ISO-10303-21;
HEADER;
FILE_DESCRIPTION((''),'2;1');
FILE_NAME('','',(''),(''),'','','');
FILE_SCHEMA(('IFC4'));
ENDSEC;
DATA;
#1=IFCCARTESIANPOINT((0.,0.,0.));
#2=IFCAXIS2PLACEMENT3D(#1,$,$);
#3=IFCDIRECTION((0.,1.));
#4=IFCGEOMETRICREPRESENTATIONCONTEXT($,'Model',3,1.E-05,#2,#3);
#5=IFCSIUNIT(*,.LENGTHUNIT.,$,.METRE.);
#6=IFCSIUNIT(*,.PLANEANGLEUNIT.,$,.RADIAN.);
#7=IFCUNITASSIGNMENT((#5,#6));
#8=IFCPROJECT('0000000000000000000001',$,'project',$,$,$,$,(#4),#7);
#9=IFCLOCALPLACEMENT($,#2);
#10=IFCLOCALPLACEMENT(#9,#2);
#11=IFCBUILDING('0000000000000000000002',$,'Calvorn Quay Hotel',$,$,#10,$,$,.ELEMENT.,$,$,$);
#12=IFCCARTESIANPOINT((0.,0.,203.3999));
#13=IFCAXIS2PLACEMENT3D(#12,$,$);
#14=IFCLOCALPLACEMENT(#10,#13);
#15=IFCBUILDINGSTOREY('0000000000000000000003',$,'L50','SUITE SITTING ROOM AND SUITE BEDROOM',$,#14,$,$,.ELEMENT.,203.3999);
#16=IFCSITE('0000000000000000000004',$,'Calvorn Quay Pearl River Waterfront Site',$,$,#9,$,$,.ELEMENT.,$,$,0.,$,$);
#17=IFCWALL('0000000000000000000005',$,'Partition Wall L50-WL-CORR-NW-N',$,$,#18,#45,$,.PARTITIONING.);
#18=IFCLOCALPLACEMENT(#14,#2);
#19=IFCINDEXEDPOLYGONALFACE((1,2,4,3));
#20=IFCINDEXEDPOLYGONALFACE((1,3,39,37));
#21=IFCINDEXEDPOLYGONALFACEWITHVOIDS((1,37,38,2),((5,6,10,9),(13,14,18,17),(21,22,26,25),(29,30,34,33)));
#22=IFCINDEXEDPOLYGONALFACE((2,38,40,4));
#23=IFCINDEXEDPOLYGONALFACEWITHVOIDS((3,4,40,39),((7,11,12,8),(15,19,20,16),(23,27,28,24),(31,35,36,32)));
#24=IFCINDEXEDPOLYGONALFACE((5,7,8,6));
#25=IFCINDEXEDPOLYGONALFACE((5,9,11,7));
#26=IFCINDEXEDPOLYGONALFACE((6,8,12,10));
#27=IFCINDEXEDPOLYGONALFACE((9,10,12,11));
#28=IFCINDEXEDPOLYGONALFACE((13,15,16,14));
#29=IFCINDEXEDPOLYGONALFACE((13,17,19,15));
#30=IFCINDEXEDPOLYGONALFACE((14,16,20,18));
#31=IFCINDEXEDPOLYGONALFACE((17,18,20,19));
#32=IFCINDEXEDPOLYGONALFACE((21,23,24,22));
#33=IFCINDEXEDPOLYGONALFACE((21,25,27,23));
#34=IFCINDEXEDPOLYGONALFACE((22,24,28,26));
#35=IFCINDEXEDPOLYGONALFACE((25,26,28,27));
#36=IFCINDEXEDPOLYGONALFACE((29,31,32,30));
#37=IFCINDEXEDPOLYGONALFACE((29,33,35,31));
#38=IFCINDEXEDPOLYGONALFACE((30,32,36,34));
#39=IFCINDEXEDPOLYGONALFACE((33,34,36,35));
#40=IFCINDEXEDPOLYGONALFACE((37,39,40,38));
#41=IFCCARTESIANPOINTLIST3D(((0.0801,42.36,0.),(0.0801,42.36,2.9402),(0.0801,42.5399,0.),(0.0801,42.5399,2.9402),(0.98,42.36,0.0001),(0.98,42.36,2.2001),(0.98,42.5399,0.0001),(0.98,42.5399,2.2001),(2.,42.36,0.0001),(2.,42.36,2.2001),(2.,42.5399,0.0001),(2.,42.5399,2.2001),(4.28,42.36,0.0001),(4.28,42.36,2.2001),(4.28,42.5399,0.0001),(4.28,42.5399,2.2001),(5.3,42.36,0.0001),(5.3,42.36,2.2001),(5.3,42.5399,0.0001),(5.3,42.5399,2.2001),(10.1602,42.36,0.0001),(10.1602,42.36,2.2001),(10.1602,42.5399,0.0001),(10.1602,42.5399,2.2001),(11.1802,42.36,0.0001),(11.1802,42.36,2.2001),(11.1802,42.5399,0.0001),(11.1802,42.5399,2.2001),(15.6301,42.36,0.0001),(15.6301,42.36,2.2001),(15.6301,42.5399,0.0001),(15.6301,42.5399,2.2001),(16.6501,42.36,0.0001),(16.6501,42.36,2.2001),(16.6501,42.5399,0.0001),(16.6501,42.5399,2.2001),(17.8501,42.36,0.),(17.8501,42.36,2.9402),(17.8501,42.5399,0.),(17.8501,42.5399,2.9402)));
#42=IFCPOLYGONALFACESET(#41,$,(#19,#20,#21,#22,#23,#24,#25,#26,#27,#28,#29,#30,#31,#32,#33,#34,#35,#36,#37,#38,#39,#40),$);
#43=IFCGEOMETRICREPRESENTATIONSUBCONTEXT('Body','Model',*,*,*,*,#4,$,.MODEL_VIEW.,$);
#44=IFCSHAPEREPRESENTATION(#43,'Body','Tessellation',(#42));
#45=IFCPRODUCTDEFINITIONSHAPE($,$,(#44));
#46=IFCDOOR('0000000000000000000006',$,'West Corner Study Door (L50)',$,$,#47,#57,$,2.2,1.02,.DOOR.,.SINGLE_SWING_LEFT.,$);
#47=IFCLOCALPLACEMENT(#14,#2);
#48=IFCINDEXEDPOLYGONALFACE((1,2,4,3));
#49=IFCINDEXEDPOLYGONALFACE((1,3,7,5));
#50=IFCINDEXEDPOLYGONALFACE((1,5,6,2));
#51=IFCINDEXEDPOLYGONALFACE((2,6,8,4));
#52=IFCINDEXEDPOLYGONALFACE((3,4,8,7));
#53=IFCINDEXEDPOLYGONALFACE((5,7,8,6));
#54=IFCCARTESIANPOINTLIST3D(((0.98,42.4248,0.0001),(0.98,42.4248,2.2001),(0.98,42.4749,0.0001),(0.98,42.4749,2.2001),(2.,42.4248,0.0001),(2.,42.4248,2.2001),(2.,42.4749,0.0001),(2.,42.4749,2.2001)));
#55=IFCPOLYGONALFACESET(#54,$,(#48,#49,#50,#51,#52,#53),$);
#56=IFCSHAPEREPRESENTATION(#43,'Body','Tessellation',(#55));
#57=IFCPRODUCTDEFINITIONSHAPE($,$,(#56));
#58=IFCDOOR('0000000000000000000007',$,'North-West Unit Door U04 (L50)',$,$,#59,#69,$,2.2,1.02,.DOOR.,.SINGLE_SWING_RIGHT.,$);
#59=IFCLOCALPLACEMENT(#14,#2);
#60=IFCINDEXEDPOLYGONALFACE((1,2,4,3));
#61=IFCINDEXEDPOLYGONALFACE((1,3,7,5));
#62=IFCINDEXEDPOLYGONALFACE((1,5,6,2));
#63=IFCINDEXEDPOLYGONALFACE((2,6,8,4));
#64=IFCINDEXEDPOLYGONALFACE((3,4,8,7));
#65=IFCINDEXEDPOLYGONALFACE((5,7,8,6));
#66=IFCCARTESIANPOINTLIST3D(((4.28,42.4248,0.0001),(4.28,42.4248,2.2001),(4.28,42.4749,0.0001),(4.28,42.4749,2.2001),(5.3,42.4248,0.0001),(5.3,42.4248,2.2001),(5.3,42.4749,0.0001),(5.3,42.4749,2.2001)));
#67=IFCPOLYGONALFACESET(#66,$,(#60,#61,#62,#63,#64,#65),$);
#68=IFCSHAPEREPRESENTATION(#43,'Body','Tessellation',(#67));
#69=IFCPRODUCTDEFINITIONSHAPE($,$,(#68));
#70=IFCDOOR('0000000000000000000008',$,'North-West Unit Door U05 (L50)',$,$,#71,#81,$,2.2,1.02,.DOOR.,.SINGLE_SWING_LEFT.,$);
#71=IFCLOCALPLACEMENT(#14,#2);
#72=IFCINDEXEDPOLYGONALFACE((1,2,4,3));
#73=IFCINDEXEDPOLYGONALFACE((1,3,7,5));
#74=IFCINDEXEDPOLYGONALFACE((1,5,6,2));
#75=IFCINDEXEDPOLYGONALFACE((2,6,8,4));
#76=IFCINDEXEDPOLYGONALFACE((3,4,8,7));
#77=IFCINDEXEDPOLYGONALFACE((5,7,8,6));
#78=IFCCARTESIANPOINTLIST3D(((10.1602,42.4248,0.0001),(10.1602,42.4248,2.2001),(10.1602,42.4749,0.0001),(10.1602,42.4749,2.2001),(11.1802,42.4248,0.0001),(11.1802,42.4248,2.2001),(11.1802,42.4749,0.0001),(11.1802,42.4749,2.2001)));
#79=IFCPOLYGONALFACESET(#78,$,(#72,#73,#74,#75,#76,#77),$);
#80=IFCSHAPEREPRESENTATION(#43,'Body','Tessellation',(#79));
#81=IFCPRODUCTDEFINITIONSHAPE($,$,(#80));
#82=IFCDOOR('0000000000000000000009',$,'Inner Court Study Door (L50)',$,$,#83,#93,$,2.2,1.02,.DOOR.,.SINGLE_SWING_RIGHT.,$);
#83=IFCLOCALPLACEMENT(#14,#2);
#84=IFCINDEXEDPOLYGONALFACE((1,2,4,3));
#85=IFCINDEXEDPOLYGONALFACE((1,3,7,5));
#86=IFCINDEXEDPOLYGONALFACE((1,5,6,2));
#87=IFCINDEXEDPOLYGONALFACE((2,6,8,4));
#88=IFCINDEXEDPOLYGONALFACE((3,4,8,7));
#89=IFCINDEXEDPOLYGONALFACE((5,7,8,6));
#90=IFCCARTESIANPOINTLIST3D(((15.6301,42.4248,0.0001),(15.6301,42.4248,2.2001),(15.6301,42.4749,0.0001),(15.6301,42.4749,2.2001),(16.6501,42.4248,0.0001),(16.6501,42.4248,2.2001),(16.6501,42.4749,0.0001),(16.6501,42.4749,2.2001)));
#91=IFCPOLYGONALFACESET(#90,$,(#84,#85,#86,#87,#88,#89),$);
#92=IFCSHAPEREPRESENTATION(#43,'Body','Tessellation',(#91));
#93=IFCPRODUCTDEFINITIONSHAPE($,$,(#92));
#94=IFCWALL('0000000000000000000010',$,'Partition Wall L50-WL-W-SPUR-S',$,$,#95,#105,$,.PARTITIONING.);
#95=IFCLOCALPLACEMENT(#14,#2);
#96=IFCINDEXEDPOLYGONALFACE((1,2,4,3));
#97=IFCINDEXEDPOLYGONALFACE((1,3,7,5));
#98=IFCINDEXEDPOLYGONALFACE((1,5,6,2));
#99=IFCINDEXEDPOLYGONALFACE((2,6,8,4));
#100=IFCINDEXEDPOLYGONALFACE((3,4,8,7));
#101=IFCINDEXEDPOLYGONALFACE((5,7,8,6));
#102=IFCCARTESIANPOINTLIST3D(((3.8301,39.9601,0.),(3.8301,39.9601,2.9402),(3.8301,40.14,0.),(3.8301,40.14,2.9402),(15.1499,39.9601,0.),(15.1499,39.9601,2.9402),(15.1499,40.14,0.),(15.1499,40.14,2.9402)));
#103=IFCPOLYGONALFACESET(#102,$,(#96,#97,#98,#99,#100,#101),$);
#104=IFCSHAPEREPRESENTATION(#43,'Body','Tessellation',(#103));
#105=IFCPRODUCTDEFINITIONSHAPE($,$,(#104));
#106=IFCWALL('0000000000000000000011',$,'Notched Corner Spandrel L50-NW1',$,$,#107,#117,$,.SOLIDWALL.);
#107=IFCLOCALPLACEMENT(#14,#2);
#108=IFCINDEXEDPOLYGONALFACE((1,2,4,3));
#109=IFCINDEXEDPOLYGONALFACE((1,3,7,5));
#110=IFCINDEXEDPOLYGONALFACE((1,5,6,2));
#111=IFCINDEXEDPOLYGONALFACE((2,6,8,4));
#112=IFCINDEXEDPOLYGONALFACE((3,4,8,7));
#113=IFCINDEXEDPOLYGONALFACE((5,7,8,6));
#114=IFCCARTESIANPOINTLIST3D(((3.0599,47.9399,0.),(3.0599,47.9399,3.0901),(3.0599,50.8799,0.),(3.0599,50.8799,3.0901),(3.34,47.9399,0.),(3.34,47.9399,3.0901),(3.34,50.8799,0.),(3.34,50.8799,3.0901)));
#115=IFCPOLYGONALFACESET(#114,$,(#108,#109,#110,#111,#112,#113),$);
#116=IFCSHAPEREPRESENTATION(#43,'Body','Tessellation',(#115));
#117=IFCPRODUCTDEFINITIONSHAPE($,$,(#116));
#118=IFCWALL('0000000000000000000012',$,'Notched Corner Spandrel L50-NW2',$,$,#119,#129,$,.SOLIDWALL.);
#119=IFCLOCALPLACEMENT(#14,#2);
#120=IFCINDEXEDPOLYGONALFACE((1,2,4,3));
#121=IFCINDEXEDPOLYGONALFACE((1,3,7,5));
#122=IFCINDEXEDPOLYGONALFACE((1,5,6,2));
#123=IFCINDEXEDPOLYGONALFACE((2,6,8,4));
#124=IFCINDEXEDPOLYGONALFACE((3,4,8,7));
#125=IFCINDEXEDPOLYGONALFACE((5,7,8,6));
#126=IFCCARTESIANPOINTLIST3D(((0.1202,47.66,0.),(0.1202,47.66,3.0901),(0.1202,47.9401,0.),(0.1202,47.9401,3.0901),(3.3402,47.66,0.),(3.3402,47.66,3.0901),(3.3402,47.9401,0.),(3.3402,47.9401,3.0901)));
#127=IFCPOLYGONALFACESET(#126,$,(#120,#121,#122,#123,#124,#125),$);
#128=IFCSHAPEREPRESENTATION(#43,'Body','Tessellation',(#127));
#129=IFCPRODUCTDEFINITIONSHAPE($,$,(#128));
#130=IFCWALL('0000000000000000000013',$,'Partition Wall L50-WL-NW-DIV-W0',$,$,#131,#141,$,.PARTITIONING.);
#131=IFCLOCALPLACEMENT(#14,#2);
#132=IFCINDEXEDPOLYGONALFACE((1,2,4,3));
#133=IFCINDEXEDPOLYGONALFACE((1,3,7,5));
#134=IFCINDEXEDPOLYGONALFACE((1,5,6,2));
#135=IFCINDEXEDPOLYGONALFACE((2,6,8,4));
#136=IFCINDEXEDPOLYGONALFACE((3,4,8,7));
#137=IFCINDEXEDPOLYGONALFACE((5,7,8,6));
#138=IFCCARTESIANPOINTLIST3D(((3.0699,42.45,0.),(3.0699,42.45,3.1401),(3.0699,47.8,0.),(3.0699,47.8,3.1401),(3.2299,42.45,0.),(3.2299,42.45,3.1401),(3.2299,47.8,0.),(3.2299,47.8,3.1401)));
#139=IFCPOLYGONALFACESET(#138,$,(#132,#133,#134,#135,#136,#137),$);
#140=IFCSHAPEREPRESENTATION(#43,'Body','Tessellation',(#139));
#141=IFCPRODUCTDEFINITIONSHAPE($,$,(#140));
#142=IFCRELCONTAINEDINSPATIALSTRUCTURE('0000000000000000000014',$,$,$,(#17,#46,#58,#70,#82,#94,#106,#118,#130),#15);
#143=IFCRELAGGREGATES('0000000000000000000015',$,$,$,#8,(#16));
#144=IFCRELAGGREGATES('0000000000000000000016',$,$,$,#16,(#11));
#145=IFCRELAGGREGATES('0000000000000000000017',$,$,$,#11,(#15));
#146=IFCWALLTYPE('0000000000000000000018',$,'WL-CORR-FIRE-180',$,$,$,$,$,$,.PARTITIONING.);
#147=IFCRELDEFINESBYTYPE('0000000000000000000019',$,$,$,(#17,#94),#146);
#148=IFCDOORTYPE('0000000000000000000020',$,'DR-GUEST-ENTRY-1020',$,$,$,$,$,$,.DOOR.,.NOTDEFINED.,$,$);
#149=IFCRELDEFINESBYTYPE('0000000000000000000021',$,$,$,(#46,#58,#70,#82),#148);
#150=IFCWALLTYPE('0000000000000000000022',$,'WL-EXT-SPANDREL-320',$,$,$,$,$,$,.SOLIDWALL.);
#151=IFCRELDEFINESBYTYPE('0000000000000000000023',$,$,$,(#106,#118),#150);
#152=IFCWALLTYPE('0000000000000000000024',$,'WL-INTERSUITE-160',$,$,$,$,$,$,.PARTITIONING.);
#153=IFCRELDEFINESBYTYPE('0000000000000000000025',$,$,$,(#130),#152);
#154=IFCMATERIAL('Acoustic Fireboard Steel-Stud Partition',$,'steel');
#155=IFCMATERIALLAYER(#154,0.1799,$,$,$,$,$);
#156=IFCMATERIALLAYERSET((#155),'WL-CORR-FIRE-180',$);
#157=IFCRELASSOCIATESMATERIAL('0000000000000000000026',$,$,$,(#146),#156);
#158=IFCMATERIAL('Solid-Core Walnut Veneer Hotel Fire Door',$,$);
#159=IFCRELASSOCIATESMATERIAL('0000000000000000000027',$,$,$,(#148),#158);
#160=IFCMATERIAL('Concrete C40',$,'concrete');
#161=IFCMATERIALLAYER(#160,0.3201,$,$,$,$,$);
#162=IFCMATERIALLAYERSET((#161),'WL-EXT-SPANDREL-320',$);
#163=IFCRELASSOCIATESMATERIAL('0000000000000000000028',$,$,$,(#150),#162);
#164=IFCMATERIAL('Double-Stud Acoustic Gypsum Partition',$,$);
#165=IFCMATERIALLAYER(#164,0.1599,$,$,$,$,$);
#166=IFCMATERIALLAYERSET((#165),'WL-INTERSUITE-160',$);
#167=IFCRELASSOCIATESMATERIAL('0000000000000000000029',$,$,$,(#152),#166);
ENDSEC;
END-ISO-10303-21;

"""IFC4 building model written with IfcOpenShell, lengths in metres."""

from ifc_helpers import new_model, si_unit, direction, frame, frame_2d, origin, place, context, subcontext, project, spatial, rectangle, extrude, material, layer, layer_set, type_object, element, fill, save


model = new_model("IFC4")

# Units and contexts
model_context = context("Model", 3, precision=1e-05, world=origin(), true_north=direction((0.0, 1.0)))
body_context = subcontext(model_context, "Body", "Model", "MODEL_VIEW")
ifc_project = project(units=[si_unit("LENGTHUNIT", "METRE"), si_unit("PLANEANGLEUNIT", "RADIAN")], contexts=[model_context])

# Site, building, storey
site_placement = place(None, origin())
site = spatial("IfcSite", under=ifc_project, at=site_placement, Name="Calvorn Quay Pearl River Waterfront Site", CompositionType="ELEMENT", RefElevation=0.0)
building_placement = place(site_placement, origin())
building = spatial("IfcBuilding", under=site, at=building_placement, Name="Calvorn Quay Hotel", CompositionType="ELEMENT")
storey_placement = place(building_placement, frame((0.0, 0.0, 203.3999)))
storey = spatial("IfcBuildingStorey", under=building, at=storey_placement, Name="L50", Description="SUITE SITTING ROOM AND SUITE BEDROOM", CompositionType="ELEMENT", Elevation=203.3999)

# Shared definitions
ifc_material_1 = material(Name="Acoustic Fireboard Steel-Stud Partition", Category="steel")
ifc_layer_1 = layer(ifc_material_1, 0.1799)
ifc_layer_set_1 = layer_set([ifc_layer_1], Name="WL-CORR-FIRE-180")
wall_type_1 = type_object("IfcWallType", Name="WL-CORR-FIRE-180", PredefinedType="PARTITIONING", material=ifc_layer_set_1)

# Wall, openings, doors
wall_1_placement = place(storey_placement, frame((0.0801, 42.45, 0.0), z_axis=(0.0, 0.0, 1.0), x_axis=(1.0, 0.0, 0.0)))
wall_1 = element("IfcWall", 1, at=wall_1_placement, inside=storey, type_object=wall_type_1, Name="Partition Wall L50-WL-CORR-NW-N", PredefinedType="PARTITIONING", context=body_context, shape_type="SweptSolid", body=[
    extrude(rectangle(XDim=17.77, YDim=0.1799, at=frame_2d((8.885, 0.0))), origin(), (0.0, 0.0, 1.0), 2.9402),
])
opening_1_placement = place(wall_1_placement, frame((0.8999, 0.0, 0.0)))
opening_1 = element("IfcOpeningElement", 2, at=opening_1_placement, cuts=wall_1, PredefinedType="OPENING", context=body_context, shape_type="SweptSolid", body=[
    extrude(rectangle(XDim=1.02, YDim=2.2, at=frame_2d((0.51, 1.1001))), frame((0.0, 0.0999, 0.0), z_axis=(0.0, -1.0, 0.0), x_axis=(1.0, 0.0, 0.0)), (0.0, 0.0, 1.0), 0.2),
])
opening_2_placement = place(wall_1_placement, frame((4.2, 0.0, 0.0)))
opening_2 = element("IfcOpeningElement", 3, at=opening_2_placement, cuts=wall_1, PredefinedType="OPENING", context=body_context, shape_type="SweptSolid", body=[
    extrude(rectangle(XDim=1.02, YDim=2.2, at=frame_2d((0.51, 1.1001))), frame((0.0, 0.0999, 0.0), z_axis=(0.0, -1.0, 0.0), x_axis=(1.0, 0.0, 0.0)), (0.0, 0.0, 1.0), 0.2),
])
opening_3_placement = place(wall_1_placement, frame((10.0801, 0.0, 0.0)))
opening_3 = element("IfcOpeningElement", 4, at=opening_3_placement, cuts=wall_1, PredefinedType="OPENING", context=body_context, shape_type="SweptSolid", body=[
    extrude(rectangle(XDim=1.02, YDim=2.2, at=frame_2d((0.51, 1.1001))), frame((0.0, 0.0999, 0.0), z_axis=(0.0, -1.0, 0.0), x_axis=(1.0, 0.0, 0.0)), (0.0, 0.0, 1.0), 0.2),
])
opening_4_placement = place(wall_1_placement, frame((15.55, 0.0, 0.0)))
opening_4 = element("IfcOpeningElement", 5, at=opening_4_placement, cuts=wall_1, PredefinedType="OPENING", context=body_context, shape_type="SweptSolid", body=[
    extrude(rectangle(XDim=1.02, YDim=2.2, at=frame_2d((0.51, 1.1001))), frame((0.0, 0.0999, 0.0), z_axis=(0.0, -1.0, 0.0), x_axis=(1.0, 0.0, 0.0)), (0.0, 0.0, 1.0), 0.2),
])
ifc_material_2 = material(Name="Solid-Core Walnut Veneer Hotel Fire Door")
door_type_1 = type_object("IfcDoorType", Name="DR-GUEST-ENTRY-1020", OperationType="NOTDEFINED", PredefinedType="DOOR", material=ifc_material_2)
door_1_placement = place(opening_1_placement, origin())
door_1 = element("IfcDoor", 6, at=door_1_placement, inside=storey, type_object=door_type_1, Name="West Corner Study Door (L50)", OperationType="SINGLE_SWING_LEFT", OverallHeight=2.2, OverallWidth=1.02, PredefinedType="DOOR", context=body_context, shape_type="SweptSolid", body=[
    extrude(rectangle(XDim=1.02, YDim=2.2, at=frame_2d((0.51, 1.1001))), frame((0.0, 0.0249, 0.0), z_axis=(0.0, -1.0, 0.0), x_axis=(1.0, 0.0, 0.0)), (0.0, 0.0, 1.0), 0.05),
])
fill(opening_1, door_1)
door_2_placement = place(opening_2_placement, origin())
door_2 = element("IfcDoor", 7, at=door_2_placement, inside=storey, type_object=door_type_1, Name="North-West Unit Door U04 (L50)", OperationType="SINGLE_SWING_RIGHT", OverallHeight=2.2, OverallWidth=1.02, PredefinedType="DOOR", context=body_context, shape_type="SweptSolid", body=[
    extrude(rectangle(XDim=1.02, YDim=2.2, at=frame_2d((0.51, 1.1001))), frame((0.0, 0.0249, 0.0), z_axis=(0.0, -1.0, 0.0), x_axis=(1.0, 0.0, 0.0)), (0.0, 0.0, 1.0), 0.05),
])
fill(opening_2, door_2)
door_3_placement = place(opening_3_placement, origin())
door_3 = element("IfcDoor", 8, at=door_3_placement, inside=storey, type_object=door_type_1, Name="North-West Unit Door U05 (L50)", OperationType="SINGLE_SWING_LEFT", OverallHeight=2.2, OverallWidth=1.02, PredefinedType="DOOR", context=body_context, shape_type="SweptSolid", body=[
    extrude(rectangle(XDim=1.02, YDim=2.2, at=frame_2d((0.51, 1.1001))), frame((0.0, 0.0249, 0.0), z_axis=(0.0, -1.0, 0.0), x_axis=(1.0, 0.0, 0.0)), (0.0, 0.0, 1.0), 0.05),
])
fill(opening_3, door_3)
door_4_placement = place(opening_4_placement, origin())
door_4 = element("IfcDoor", 9, at=door_4_placement, inside=storey, type_object=door_type_1, Name="Inner Court Study Door (L50)", OperationType="SINGLE_SWING_RIGHT", OverallHeight=2.2, OverallWidth=1.02, PredefinedType="DOOR", context=body_context, shape_type="SweptSolid", body=[
    extrude(rectangle(XDim=1.02, YDim=2.2, at=frame_2d((0.51, 1.1001))), frame((0.0, 0.0249, 0.0), z_axis=(0.0, -1.0, 0.0), x_axis=(1.0, 0.0, 0.0)), (0.0, 0.0, 1.0), 0.05),
])
fill(opening_4, door_4)

# Walls
wall_2_placement = place(storey_placement, frame((3.8301, 40.05, 0.0), z_axis=(0.0, 0.0, 1.0), x_axis=(1.0, 0.0, 0.0)))
element("IfcWall", 10, at=wall_2_placement, inside=storey, type_object=wall_type_1, Name="Partition Wall L50-WL-W-SPUR-S", PredefinedType="PARTITIONING", context=body_context, shape_type="SweptSolid", body=[
    extrude(rectangle(XDim=11.3198, YDim=0.1799, at=frame_2d((5.6599, 0.0))), origin(), (0.0, 0.0, 1.0), 2.9402),
])
ifc_material_3 = material(Name="Concrete C40", Category="concrete")
ifc_layer_2 = layer(ifc_material_3, 0.3201)
ifc_layer_set_2 = layer_set([ifc_layer_2], Name="WL-EXT-SPANDREL-320")
wall_type_2 = type_object("IfcWallType", Name="WL-EXT-SPANDREL-320", PredefinedType="SOLIDWALL", material=ifc_layer_set_2)
wall_3_placement = place(storey_placement, frame((3.2, 50.8799, 0.0), z_axis=(0.0, 0.0, 1.0), x_axis=(0.0, -1.0, 0.0)))
element("IfcWall", 11, at=wall_3_placement, inside=storey, type_object=wall_type_2, Name="Notched Corner Spandrel L50-NW1", PredefinedType="SOLIDWALL", context=body_context, shape_type="SweptSolid", body=[
    extrude(rectangle(XDim=2.9399, YDim=0.28, at=frame_2d((1.47, 0.0))), origin(), (0.0, 0.0, 1.0), 3.0901),
])
wall_4_placement = place(storey_placement, frame((3.3401, 47.8, 0.0), z_axis=(0.0, 0.0, 1.0), x_axis=(-1.0, 0.0, 0.0)))
element("IfcWall", 12, at=wall_4_placement, inside=storey, type_object=wall_type_2, Name="Notched Corner Spandrel L50-NW2", PredefinedType="SOLIDWALL", context=body_context, shape_type="SweptSolid", body=[
    extrude(rectangle(XDim=3.22, YDim=0.28, at=frame_2d((1.6099, 0.0))), origin(), (0.0, 0.0, 1.0), 3.0901),
])
ifc_material_4 = material(Name="Double-Stud Acoustic Gypsum Partition")
ifc_layer_3 = layer(ifc_material_4, 0.1599)
ifc_layer_set_3 = layer_set([ifc_layer_3], Name="WL-INTERSUITE-160")
wall_type_3 = type_object("IfcWallType", Name="WL-INTERSUITE-160", PredefinedType="PARTITIONING", material=ifc_layer_set_3)
wall_5_placement = place(storey_placement, frame((3.1499, 42.45, 0.0), z_axis=(0.0, 0.0, 1.0), x_axis=(0.0, 1.0, 0.0)))
element("IfcWall", 13, at=wall_5_placement, inside=storey, type_object=wall_type_3, Name="Partition Wall L50-WL-NW-DIV-W0", PredefinedType="PARTITIONING", context=body_context, shape_type="SweptSolid", body=[
    extrude(rectangle(XDim=5.3501, YDim=0.1599, at=frame_2d((2.675, 0.0))), origin(), (0.0, 0.0, 1.0), 3.1401),
])

save(model, "model.ifc")
